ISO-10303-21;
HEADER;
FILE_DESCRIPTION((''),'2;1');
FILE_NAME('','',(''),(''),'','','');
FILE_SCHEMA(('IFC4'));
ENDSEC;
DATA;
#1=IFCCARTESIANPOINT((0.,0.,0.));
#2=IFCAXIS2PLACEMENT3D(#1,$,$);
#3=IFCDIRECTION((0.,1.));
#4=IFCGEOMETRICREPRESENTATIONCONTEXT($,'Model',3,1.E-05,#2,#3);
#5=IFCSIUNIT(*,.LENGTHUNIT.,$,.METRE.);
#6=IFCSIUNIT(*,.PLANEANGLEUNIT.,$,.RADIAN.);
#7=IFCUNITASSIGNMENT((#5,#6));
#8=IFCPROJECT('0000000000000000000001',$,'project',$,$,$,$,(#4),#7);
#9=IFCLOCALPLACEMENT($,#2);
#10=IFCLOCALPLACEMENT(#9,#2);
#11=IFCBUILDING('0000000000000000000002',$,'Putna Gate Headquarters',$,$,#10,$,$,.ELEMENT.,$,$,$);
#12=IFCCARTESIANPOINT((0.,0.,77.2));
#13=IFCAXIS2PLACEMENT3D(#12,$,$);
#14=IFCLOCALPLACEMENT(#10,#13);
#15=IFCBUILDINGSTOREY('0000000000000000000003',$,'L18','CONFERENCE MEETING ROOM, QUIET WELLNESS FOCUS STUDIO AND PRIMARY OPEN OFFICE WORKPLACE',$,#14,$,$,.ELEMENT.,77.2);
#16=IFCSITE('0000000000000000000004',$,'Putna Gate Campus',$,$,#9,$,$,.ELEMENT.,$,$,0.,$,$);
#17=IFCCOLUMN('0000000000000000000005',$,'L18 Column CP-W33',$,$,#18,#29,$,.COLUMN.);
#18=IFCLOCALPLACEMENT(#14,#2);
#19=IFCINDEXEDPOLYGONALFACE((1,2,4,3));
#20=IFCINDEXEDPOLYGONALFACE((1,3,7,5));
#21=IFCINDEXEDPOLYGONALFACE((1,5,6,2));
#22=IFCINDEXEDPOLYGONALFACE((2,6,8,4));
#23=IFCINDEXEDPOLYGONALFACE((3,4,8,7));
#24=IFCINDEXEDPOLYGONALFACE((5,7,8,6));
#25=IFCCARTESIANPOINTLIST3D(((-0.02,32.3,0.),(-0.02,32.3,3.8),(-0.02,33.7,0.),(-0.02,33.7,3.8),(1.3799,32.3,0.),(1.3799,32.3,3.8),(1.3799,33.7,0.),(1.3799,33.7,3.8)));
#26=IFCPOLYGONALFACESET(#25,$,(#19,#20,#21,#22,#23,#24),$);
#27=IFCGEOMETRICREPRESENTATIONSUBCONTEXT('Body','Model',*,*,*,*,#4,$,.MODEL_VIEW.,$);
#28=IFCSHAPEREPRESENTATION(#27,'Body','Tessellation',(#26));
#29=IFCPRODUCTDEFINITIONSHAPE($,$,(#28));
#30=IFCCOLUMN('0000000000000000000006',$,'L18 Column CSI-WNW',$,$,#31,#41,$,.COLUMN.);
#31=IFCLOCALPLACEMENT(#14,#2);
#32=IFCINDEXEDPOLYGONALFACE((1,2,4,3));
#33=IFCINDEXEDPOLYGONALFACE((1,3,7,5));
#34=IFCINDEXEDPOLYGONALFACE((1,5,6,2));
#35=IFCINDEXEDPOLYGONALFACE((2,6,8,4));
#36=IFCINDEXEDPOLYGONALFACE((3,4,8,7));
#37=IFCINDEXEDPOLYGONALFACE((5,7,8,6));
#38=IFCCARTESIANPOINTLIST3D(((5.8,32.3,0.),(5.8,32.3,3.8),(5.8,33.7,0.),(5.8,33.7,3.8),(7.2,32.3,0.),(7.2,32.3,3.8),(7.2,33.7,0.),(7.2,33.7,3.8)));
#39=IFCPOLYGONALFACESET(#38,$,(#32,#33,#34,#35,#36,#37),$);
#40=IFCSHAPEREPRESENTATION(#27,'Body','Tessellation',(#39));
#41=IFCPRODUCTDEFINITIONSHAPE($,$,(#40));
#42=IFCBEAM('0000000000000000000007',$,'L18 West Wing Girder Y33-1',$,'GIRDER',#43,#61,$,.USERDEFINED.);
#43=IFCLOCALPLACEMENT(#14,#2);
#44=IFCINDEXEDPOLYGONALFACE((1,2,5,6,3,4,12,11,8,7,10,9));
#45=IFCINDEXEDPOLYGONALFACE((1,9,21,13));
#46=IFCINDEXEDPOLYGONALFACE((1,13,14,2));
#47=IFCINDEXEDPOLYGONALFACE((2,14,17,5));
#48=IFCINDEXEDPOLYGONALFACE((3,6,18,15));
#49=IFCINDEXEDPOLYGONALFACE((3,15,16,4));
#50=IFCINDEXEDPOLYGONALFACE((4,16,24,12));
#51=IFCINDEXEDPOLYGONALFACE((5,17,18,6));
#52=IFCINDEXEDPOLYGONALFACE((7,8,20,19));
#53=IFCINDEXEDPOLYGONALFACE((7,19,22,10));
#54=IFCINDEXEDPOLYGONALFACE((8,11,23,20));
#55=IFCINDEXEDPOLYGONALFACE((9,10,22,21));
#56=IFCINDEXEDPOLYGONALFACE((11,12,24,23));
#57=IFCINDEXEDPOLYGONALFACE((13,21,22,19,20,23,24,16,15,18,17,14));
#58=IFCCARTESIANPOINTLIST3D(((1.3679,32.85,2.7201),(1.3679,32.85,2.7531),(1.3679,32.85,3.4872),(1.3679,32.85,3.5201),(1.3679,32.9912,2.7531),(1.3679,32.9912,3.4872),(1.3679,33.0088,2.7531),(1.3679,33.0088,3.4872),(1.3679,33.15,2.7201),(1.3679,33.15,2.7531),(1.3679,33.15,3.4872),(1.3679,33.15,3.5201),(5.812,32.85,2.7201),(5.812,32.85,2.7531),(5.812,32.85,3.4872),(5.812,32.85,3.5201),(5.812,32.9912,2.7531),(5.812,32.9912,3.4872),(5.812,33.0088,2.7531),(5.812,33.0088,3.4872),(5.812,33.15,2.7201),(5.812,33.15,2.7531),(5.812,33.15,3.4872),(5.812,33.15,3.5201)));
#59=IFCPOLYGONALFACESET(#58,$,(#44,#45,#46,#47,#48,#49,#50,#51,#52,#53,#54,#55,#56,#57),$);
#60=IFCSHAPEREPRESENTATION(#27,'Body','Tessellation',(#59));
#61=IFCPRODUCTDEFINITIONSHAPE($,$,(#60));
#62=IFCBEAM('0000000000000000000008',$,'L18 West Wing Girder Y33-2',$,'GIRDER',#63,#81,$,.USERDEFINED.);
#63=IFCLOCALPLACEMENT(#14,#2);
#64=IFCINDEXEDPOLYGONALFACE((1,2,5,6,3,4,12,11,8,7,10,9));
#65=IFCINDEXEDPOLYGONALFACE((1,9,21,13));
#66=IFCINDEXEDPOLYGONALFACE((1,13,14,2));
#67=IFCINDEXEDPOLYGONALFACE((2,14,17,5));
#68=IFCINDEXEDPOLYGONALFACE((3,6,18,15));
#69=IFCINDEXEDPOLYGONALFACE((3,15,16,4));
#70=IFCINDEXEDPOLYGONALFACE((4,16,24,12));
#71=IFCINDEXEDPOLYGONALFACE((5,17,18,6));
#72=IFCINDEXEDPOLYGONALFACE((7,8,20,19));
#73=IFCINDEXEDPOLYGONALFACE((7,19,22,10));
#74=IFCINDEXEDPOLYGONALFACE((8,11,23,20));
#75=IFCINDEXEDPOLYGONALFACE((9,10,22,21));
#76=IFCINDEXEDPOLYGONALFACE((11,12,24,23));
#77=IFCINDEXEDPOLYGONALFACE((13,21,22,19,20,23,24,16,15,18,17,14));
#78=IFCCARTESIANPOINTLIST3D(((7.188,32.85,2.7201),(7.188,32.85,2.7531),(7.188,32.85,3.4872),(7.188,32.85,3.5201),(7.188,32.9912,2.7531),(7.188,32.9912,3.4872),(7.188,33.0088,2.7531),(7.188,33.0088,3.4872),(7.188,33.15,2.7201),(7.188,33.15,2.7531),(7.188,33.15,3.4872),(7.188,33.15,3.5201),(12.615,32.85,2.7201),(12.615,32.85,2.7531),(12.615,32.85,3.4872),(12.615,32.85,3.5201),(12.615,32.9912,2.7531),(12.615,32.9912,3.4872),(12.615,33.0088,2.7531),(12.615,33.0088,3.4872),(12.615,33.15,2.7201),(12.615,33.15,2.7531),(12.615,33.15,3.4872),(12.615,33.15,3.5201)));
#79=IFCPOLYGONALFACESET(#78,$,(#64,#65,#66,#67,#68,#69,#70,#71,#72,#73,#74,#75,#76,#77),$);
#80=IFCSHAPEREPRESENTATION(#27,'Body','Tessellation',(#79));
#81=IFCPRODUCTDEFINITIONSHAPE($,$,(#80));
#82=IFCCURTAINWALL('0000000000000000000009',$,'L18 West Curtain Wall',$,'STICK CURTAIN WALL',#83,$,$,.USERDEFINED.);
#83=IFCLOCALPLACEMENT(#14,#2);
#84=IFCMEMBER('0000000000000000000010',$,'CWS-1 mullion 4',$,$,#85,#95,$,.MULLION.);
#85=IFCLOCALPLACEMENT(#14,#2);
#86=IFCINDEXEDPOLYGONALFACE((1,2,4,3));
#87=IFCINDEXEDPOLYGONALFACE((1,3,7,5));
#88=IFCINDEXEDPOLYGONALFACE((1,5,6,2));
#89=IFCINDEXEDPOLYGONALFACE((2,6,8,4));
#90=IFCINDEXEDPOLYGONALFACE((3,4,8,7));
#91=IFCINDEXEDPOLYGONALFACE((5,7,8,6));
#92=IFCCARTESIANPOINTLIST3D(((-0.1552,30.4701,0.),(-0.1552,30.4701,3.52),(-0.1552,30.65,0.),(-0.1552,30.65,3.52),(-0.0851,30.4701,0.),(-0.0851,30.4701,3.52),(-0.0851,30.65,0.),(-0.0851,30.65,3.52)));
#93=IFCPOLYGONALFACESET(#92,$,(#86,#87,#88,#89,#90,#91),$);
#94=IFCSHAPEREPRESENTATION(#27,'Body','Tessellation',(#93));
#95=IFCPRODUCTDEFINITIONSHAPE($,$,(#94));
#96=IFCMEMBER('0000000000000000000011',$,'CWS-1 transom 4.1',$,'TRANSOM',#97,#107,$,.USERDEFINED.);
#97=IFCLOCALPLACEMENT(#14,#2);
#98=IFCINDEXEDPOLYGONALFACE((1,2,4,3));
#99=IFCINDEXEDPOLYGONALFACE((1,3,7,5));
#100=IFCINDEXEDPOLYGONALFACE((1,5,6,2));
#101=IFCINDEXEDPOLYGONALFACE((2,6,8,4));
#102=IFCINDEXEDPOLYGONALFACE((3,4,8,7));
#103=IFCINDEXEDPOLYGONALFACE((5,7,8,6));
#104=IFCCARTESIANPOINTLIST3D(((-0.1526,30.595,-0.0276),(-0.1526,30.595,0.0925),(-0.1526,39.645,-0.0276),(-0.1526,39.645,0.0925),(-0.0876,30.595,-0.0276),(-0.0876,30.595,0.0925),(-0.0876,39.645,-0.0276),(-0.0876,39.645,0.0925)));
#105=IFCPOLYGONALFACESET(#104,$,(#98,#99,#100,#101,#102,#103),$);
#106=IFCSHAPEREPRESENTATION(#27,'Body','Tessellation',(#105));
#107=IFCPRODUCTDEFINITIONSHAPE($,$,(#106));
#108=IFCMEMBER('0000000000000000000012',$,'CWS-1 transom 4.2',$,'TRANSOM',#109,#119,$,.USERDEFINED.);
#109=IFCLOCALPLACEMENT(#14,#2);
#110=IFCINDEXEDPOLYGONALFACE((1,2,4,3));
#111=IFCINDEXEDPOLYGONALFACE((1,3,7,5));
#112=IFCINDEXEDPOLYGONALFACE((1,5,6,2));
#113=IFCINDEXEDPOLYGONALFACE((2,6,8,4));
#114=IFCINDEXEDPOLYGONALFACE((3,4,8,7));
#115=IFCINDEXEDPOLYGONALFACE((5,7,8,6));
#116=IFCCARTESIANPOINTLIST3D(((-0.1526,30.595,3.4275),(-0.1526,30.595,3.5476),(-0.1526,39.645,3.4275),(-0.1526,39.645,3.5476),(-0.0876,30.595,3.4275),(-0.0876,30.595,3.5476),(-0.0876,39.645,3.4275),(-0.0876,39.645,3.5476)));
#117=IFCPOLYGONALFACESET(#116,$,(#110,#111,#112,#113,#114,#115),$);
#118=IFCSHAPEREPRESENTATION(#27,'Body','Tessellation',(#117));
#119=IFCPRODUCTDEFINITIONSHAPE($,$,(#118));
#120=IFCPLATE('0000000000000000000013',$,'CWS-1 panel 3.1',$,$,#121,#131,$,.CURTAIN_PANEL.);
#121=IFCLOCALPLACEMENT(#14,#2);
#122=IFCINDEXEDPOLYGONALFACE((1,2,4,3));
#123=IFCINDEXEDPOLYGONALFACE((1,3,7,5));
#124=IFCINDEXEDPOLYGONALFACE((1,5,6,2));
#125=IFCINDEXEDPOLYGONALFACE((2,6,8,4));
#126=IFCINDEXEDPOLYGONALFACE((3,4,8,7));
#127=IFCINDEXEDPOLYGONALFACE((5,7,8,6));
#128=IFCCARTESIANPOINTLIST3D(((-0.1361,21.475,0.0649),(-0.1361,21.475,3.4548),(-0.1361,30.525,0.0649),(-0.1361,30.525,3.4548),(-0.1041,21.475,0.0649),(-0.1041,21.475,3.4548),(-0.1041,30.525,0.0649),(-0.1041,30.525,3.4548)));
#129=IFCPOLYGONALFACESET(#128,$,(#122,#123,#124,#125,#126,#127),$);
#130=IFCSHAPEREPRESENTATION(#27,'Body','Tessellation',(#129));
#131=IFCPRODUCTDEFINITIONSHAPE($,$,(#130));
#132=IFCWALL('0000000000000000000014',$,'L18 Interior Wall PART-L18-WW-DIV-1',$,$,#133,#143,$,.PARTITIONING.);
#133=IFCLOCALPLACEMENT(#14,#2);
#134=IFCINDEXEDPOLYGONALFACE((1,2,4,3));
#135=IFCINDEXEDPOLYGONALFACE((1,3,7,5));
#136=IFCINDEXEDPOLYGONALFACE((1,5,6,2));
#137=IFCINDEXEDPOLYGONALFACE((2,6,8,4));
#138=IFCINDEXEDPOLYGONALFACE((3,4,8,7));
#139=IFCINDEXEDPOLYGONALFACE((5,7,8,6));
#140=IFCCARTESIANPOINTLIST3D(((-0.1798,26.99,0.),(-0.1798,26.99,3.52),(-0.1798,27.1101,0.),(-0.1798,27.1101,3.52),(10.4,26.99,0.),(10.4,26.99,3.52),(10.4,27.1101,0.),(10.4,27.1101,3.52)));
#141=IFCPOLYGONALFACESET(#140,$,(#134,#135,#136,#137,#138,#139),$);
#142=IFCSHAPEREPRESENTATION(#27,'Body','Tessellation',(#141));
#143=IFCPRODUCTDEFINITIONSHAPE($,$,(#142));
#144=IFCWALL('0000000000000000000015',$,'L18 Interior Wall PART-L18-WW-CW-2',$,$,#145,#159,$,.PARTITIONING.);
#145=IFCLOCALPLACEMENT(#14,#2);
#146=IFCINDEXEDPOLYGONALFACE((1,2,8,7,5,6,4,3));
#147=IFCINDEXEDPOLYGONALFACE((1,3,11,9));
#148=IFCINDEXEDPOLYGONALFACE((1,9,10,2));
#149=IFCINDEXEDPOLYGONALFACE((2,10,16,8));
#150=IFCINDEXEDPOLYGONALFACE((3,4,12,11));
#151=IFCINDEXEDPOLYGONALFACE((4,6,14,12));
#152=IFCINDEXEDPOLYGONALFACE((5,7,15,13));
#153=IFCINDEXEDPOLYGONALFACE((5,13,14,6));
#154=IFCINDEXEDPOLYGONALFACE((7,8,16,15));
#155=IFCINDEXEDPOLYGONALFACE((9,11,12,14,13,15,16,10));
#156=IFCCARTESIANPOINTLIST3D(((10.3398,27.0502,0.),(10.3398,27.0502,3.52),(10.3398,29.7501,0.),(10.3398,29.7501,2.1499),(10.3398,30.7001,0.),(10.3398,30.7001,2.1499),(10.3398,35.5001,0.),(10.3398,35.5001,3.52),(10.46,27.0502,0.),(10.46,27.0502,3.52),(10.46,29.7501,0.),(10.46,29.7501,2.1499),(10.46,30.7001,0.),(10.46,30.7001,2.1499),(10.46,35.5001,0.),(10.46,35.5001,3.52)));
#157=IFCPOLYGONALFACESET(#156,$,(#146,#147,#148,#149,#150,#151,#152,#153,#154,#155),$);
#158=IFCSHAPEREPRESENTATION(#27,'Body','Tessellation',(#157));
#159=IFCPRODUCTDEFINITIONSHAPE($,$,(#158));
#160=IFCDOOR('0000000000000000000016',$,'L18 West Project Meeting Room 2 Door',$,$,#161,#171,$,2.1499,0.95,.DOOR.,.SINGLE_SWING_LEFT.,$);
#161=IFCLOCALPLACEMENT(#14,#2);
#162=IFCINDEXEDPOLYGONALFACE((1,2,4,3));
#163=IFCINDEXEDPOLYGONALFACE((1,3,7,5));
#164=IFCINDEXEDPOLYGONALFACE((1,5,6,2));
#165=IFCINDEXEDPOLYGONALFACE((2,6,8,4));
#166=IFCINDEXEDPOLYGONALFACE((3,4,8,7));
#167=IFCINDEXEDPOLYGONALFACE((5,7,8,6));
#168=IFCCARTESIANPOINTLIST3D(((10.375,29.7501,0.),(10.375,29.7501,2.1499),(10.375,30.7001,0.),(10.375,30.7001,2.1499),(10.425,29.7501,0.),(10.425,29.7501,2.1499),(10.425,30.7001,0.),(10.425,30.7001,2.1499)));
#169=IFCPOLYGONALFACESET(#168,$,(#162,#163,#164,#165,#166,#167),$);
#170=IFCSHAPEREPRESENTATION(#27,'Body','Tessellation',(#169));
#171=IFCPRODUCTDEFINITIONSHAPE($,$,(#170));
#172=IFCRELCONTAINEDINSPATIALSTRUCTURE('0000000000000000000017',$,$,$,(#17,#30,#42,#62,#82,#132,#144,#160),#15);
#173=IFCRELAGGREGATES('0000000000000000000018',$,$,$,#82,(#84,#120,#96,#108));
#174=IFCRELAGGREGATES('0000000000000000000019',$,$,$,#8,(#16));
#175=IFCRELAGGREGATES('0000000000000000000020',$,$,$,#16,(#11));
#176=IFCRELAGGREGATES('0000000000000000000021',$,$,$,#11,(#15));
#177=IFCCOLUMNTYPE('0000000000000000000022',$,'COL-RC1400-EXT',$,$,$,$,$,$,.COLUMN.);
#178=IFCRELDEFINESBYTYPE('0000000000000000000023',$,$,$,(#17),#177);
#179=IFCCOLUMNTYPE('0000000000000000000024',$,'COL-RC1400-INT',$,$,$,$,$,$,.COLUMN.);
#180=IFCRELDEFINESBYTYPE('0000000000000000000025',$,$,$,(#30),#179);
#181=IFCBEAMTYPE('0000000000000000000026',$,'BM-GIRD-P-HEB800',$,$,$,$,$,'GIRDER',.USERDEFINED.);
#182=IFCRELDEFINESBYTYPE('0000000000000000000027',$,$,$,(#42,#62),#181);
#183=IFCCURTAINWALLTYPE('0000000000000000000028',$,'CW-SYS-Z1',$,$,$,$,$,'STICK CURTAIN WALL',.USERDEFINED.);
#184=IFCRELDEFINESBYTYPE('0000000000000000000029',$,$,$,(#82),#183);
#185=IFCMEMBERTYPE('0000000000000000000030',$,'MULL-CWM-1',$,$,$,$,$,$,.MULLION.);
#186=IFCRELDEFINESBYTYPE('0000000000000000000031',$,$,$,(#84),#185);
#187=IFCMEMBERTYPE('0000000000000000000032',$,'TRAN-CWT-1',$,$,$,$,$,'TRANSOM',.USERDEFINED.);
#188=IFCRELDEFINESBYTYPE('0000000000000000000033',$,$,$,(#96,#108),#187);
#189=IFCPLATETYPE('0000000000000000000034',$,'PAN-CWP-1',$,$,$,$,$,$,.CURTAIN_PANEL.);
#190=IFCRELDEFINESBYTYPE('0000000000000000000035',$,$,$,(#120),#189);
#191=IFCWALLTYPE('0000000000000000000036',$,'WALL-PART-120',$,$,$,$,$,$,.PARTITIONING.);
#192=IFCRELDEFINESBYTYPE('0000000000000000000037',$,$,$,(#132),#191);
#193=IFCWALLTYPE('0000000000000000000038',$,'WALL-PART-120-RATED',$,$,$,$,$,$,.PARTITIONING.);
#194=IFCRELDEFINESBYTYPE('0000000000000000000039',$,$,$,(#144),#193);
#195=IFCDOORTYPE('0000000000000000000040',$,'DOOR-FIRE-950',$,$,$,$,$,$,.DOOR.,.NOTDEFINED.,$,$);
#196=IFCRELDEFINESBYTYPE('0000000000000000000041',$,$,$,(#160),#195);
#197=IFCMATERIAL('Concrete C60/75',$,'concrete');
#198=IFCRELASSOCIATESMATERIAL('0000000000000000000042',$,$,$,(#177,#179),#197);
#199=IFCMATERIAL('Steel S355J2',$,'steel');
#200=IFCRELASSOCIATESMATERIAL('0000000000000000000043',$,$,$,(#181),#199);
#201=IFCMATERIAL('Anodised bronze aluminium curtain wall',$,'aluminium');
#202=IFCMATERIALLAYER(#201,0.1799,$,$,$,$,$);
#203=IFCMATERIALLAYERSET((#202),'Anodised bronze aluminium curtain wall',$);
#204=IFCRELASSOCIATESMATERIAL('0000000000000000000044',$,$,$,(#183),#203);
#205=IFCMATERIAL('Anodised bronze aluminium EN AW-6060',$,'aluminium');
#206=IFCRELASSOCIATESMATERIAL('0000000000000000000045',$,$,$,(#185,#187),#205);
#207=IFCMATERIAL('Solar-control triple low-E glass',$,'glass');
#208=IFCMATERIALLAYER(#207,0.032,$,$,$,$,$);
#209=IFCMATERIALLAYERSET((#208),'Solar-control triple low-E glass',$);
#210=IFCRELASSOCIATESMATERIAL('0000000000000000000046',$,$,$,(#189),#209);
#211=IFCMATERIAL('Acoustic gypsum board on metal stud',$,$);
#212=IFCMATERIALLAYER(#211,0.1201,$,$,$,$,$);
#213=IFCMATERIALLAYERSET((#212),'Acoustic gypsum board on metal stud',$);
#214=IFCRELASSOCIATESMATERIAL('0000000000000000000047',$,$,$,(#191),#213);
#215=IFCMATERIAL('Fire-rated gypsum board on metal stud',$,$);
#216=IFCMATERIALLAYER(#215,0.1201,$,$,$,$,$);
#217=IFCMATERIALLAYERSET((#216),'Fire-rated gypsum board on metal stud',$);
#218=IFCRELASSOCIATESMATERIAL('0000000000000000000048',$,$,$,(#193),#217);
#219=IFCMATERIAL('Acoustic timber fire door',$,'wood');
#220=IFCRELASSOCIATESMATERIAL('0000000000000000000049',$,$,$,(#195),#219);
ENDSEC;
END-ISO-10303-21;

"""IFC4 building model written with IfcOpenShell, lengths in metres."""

from ifc_helpers import new_model, si_unit, direction, frame, frame_2d, origin, origin_2d, place, context, subcontext, project, spatial, rectangle, i_section, extrude, material, layer, layer_set, material_profile, profile_set, type_object, element, fill, aggregate, save


model = new_model("IFC4")

# Units and contexts
model_context = context("Model", 3, precision=1e-05, world=origin(), true_north=direction((0.0, 1.0)))
body_context = subcontext(model_context, "Body", "Model", "MODEL_VIEW")
ifc_project = project(units=[si_unit("LENGTHUNIT", "METRE"), si_unit("PLANEANGLEUNIT", "RADIAN")], contexts=[model_context])

# Site, building, storey
site_placement = place(None, origin())
site = spatial("IfcSite", under=ifc_project, at=site_placement, Name="Putna Gate Campus", CompositionType="ELEMENT", RefElevation=0.0)
building_placement = place(site_placement, origin())
building = spatial("IfcBuilding", under=site, at=building_placement, Name="Putna Gate Headquarters", CompositionType="ELEMENT")
storey_placement = place(building_placement, frame((0.0, 0.0, 77.2)))
storey = spatial("IfcBuildingStorey", under=building, at=storey_placement, Name="L18", Description="CONFERENCE MEETING ROOM, QUIET WELLNESS FOCUS STUDIO AND PRIMARY OPEN OFFICE WORKPLACE", CompositionType="ELEMENT", Elevation=77.2)

# Columns
ifc_material_1 = material(Name="Concrete C60/75", Category="concrete")
ifc_material_profile_1 = material_profile(ifc_material_1, rectangle(XDim=1.3999, YDim=1.3999, at=origin_2d()), Name="Concrete C60/75")
ifc_profile_set_1 = profile_set([ifc_material_profile_1], Name="Concrete C60/75")
column_type_1 = type_object("IfcColumnType", Name="COL-RC1400-EXT", PredefinedType="COLUMN", material=ifc_profile_set_1)
column_1_placement = place(storey_placement, frame((0.6799, 33.0, 0.0), z_axis=(0.0, 0.0, 1.0), x_axis=(1.0, 0.0, 0.0)))
element("IfcColumn", 1, at=column_1_placement, inside=storey, type_object=column_type_1, Name="L18 Column CP-W33", PredefinedType="COLUMN", context=body_context, shape_type="SweptSolid", body=[
    extrude(rectangle(XDim=1.3999, YDim=1.3999, at=origin_2d()), origin(), (0.0, 0.0, 1.0), 3.8),
])
ifc_material_profile_2 = material_profile(ifc_material_1, rectangle(XDim=1.3999, YDim=1.3999, at=origin_2d()), Name="Concrete C60/75")
ifc_profile_set_2 = profile_set([ifc_material_profile_2], Name="Concrete C60/75")
column_type_2 = type_object("IfcColumnType", Name="COL-RC1400-INT", PredefinedType="COLUMN", material=ifc_profile_set_2)
column_2_placement = place(storey_placement, frame((6.5, 33.0, 0.0), z_axis=(0.0, 0.0, 1.0), x_axis=(1.0, 0.0, 0.0)))
element("IfcColumn", 2, at=column_2_placement, inside=storey, type_object=column_type_2, Name="L18 Column CSI-WNW", PredefinedType="COLUMN", context=body_context, shape_type="SweptSolid", body=[
    extrude(rectangle(XDim=1.3999, YDim=1.3999, at=origin_2d()), origin(), (0.0, 0.0, 1.0), 3.8),
])

# Beams
ifc_material_2 = material(Name="Steel S355J2", Category="steel")
ifc_material_profile_3 = material_profile(ifc_material_2, i_section(OverallWidth=0.3, OverallDepth=0.8, WebThickness=0.0176, FlangeThickness=0.033, at=origin_2d()), Name="Steel S355J2")
ifc_profile_set_3 = profile_set([ifc_material_profile_3], Name="Steel S355J2")
beam_type = type_object("IfcBeamType", Name="BM-GIRD-P-HEB800", ElementType="GIRDER", PredefinedType="USERDEFINED", material=ifc_profile_set_3)
beam_1_placement = place(storey_placement, frame((1.3679, 33.0, 3.1201), z_axis=(1.0, 0.0, 0.0), x_axis=(0.0, 1.0, 0.0)))
element("IfcBeam", 3, at=beam_1_placement, inside=storey, type_object=beam_type, Name="L18 West Wing Girder Y33-1", ObjectType="GIRDER", PredefinedType="USERDEFINED", context=body_context, shape_type="SweptSolid", body=[
    extrude(i_section(OverallWidth=0.3, OverallDepth=0.8, WebThickness=0.0176, FlangeThickness=0.033, at=origin_2d()), origin(), (0.0, 0.0, 1.0), 4.4441),
])
beam_2_placement = place(storey_placement, frame((7.188, 33.0, 3.1201), z_axis=(1.0, 0.0, 0.0), x_axis=(0.0, 1.0, 0.0)))
element("IfcBeam", 4, at=beam_2_placement, inside=storey, type_object=beam_type, Name="L18 West Wing Girder Y33-2", ObjectType="GIRDER", PredefinedType="USERDEFINED", context=body_context, shape_type="SweptSolid", body=[
    extrude(i_section(OverallWidth=0.3, OverallDepth=0.8, WebThickness=0.0176, FlangeThickness=0.033, at=origin_2d()), origin(), (0.0, 0.0, 1.0), 5.427),
])

# Curtain wall, members, plate
ifc_material_3 = material(Name="Anodised bronze aluminium curtain wall", Category="aluminium")
ifc_layer_1 = layer(ifc_material_3, 0.1799)
ifc_layer_set_1 = layer_set([ifc_layer_1], Name="Anodised bronze aluminium curtain wall")
curtain_wall_type = type_object("IfcCurtainWallType", Name="CW-SYS-Z1", ElementType="STICK CURTAIN WALL", PredefinedType="USERDEFINED", material=ifc_layer_set_1)
curtain_wall_placement = place(storey_placement, origin())
curtain_wall = element("IfcCurtainWall", 5, at=curtain_wall_placement, inside=storey, type_object=curtain_wall_type, Name="L18 West Curtain Wall", ObjectType="STICK CURTAIN WALL", PredefinedType="USERDEFINED")
ifc_material_4 = material(Name="Anodised bronze aluminium EN AW-6060", Category="aluminium")
ifc_material_profile_4 = material_profile(ifc_material_4, rectangle(XDim=0.0701, YDim=0.1799, at=origin_2d()), Name="Anodised bronze aluminium EN AW-6060")
ifc_profile_set_4 = profile_set([ifc_material_profile_4], Name="Anodised bronze aluminium EN AW-6060")
member_type_1 = type_object("IfcMemberType", Name="MULL-CWM-1", PredefinedType="MULLION", material=ifc_profile_set_4)
member_1_placement = place(storey_placement, frame((-0.1201, 30.5601, 0.0), z_axis=(0.0, 0.0, 1.0), x_axis=(-1.0, 0.0, 0.0)))
member_1 = element("IfcMember", 6, at=member_1_placement, type_object=member_type_1, Name="CWS-1 mullion 4", PredefinedType="MULLION", context=body_context, shape_type="SweptSolid", body=[
    extrude(rectangle(XDim=0.0701, YDim=0.1799, at=origin_2d()), origin(), (0.0, 0.0, 1.0), 3.52),
])
ifc_material_profile_5 = material_profile(ifc_material_4, rectangle(XDim=0.0649, YDim=0.1201, at=origin_2d()), Name="Anodised bronze aluminium EN AW-6060")
ifc_profile_set_5 = profile_set([ifc_material_profile_5], Name="Anodised bronze aluminium EN AW-6060")
member_type_2 = type_object("IfcMemberType", Name="TRAN-CWT-1", ElementType="TRANSOM", PredefinedType="USERDEFINED", material=ifc_profile_set_5)
member_2_placement = place(storey_placement, frame((-0.1201, 30.595, 0.0325), z_axis=(0.0, 1.0, 0.0), x_axis=(-1.0, 0.0, 0.0)))
member_2 = element("IfcMember", 7, at=member_2_placement, type_object=member_type_2, Name="CWS-1 transom 4.1", ObjectType="TRANSOM", PredefinedType="USERDEFINED", context=body_context, shape_type="SweptSolid", body=[
    extrude(rectangle(XDim=0.0649, YDim=0.1201, at=origin_2d()), origin(), (0.0, 0.0, 1.0), 9.05),
])
member_3_placement = place(storey_placement, frame((-0.1201, 30.595, 3.4875), z_axis=(0.0, 1.0, 0.0), x_axis=(-1.0, 0.0, 0.0)))
member_3 = element("IfcMember", 8, at=member_3_placement, type_object=member_type_2, Name="CWS-1 transom 4.2", ObjectType="TRANSOM", PredefinedType="USERDEFINED", context=body_context, shape_type="SweptSolid", body=[
    extrude(rectangle(XDim=0.0649, YDim=0.1201, at=origin_2d()), origin(), (0.0, 0.0, 1.0), 9.05),
])
ifc_material_5 = material(Name="Solar-control triple low-E glass", Category="glass")
ifc_layer_2 = layer(ifc_material_5, 0.032)
ifc_layer_set_2 = layer_set([ifc_layer_2], Name="Solar-control triple low-E glass")
plate_type = type_object("IfcPlateType", Name="PAN-CWP-1", PredefinedType="CURTAIN_PANEL", material=ifc_layer_set_2)
plate_placement = place(storey_placement, frame((-0.1201, 26.0, 0.0649), z_axis=(0.0, 0.0, 1.0), x_axis=(0.0, 1.0, 0.0)))
plate = element("IfcPlate", 9, at=plate_placement, type_object=plate_type, Name="CWS-1 panel 3.1", PredefinedType="CURTAIN_PANEL", context=body_context, shape_type="SweptSolid", body=[
    extrude(rectangle(XDim=9.05, YDim=0.032, at=origin_2d()), origin(), (0.0, 0.0, 1.0), 3.3899),
])
aggregate(curtain_wall, [member_1, plate, member_2, member_3])

# Wall
ifc_material_6 = material(Name="Acoustic gypsum board on metal stud")
ifc_layer_3 = layer(ifc_material_6, 0.1201)
ifc_layer_set_3 = layer_set([ifc_layer_3], Name="Acoustic gypsum board on metal stud")
wall_type_1 = type_object("IfcWallType", Name="WALL-PART-120", PredefinedType="PARTITIONING", material=ifc_layer_set_3)
wall_1_placement = place(storey_placement, frame((-0.1799, 27.05, 0.0), z_axis=(0.0, 0.0, 1.0), x_axis=(1.0, 0.0, 0.0)))
element("IfcWall", 10, at=wall_1_placement, inside=storey, type_object=wall_type_1, Name="L18 Interior Wall PART-L18-WW-DIV-1", PredefinedType="PARTITIONING", context=body_context, shape_type="SweptSolid", body=[
    extrude(rectangle(XDim=10.5798, YDim=0.1201, at=frame_2d((5.29, 0.0))), origin(), (0.0, 0.0, 1.0), 3.52),
])

# Wall, opening, door
ifc_material_7 = material(Name="Fire-rated gypsum board on metal stud")
ifc_layer_4 = layer(ifc_material_7, 0.1201)
ifc_layer_set_4 = layer_set([ifc_layer_4], Name="Fire-rated gypsum board on metal stud")
wall_type_2 = type_object("IfcWallType", Name="WALL-PART-120-RATED", PredefinedType="PARTITIONING", material=ifc_layer_set_4)
wall_2_placement = place(storey_placement, frame((10.3999, 27.05, 0.0), z_axis=(0.0, 0.0, 1.0), x_axis=(0.0, 1.0, 0.0)))
wall_2 = element("IfcWall", 11, at=wall_2_placement, inside=storey, type_object=wall_type_2, Name="L18 Interior Wall PART-L18-WW-CW-2", PredefinedType="PARTITIONING", context=body_context, shape_type="SweptSolid", body=[
    extrude(rectangle(XDim=8.45, YDim=0.1201, at=frame_2d((4.2251, 0.0))), origin(), (0.0, 0.0, 1.0), 3.52),
])
opening_1_placement = place(wall_2_placement, frame((2.7, 0.0, 0.0)))
opening_1 = element("IfcOpeningElement", 12, at=opening_1_placement, cuts=wall_2, PredefinedType="OPENING", context=body_context, shape_type="SweptSolid", body=[
    extrude(rectangle(XDim=0.95, YDim=2.1499, at=frame_2d((0.4751, 1.075))), frame((0.0, 0.0701, 0.0), z_axis=(0.0, -1.0, 0.0), x_axis=(1.0, 0.0, 0.0)), (0.0, 0.0, 1.0), 0.1401),
])
ifc_material_8 = material(Name="Acoustic timber fire door", Category="wood")
door_type_1 = type_object("IfcDoorType", Name="DOOR-FIRE-950", OperationType="NOTDEFINED", PredefinedType="DOOR", material=ifc_material_8)
door_1_placement = place(opening_1_placement, origin())
door_1 = element("IfcDoor", 13, at=door_1_placement, inside=storey, type_object=door_type_1, Name="L18 West Project Meeting Room 2 Door", OperationType="SINGLE_SWING_LEFT", OverallHeight=2.1499, OverallWidth=0.95, PredefinedType="DOOR", context=body_context, shape_type="SweptSolid", body=[
    extrude(rectangle(XDim=0.95, YDim=2.1499, at=frame_2d((0.4751, 1.075))), frame((0.0, 0.0249, 0.0), z_axis=(0.0, -1.0, 0.0), x_axis=(1.0, 0.0, 0.0)), (0.0, 0.0, 1.0), 0.05),
])
fill(opening_1, door_1)

save(model, "model.ifc")
